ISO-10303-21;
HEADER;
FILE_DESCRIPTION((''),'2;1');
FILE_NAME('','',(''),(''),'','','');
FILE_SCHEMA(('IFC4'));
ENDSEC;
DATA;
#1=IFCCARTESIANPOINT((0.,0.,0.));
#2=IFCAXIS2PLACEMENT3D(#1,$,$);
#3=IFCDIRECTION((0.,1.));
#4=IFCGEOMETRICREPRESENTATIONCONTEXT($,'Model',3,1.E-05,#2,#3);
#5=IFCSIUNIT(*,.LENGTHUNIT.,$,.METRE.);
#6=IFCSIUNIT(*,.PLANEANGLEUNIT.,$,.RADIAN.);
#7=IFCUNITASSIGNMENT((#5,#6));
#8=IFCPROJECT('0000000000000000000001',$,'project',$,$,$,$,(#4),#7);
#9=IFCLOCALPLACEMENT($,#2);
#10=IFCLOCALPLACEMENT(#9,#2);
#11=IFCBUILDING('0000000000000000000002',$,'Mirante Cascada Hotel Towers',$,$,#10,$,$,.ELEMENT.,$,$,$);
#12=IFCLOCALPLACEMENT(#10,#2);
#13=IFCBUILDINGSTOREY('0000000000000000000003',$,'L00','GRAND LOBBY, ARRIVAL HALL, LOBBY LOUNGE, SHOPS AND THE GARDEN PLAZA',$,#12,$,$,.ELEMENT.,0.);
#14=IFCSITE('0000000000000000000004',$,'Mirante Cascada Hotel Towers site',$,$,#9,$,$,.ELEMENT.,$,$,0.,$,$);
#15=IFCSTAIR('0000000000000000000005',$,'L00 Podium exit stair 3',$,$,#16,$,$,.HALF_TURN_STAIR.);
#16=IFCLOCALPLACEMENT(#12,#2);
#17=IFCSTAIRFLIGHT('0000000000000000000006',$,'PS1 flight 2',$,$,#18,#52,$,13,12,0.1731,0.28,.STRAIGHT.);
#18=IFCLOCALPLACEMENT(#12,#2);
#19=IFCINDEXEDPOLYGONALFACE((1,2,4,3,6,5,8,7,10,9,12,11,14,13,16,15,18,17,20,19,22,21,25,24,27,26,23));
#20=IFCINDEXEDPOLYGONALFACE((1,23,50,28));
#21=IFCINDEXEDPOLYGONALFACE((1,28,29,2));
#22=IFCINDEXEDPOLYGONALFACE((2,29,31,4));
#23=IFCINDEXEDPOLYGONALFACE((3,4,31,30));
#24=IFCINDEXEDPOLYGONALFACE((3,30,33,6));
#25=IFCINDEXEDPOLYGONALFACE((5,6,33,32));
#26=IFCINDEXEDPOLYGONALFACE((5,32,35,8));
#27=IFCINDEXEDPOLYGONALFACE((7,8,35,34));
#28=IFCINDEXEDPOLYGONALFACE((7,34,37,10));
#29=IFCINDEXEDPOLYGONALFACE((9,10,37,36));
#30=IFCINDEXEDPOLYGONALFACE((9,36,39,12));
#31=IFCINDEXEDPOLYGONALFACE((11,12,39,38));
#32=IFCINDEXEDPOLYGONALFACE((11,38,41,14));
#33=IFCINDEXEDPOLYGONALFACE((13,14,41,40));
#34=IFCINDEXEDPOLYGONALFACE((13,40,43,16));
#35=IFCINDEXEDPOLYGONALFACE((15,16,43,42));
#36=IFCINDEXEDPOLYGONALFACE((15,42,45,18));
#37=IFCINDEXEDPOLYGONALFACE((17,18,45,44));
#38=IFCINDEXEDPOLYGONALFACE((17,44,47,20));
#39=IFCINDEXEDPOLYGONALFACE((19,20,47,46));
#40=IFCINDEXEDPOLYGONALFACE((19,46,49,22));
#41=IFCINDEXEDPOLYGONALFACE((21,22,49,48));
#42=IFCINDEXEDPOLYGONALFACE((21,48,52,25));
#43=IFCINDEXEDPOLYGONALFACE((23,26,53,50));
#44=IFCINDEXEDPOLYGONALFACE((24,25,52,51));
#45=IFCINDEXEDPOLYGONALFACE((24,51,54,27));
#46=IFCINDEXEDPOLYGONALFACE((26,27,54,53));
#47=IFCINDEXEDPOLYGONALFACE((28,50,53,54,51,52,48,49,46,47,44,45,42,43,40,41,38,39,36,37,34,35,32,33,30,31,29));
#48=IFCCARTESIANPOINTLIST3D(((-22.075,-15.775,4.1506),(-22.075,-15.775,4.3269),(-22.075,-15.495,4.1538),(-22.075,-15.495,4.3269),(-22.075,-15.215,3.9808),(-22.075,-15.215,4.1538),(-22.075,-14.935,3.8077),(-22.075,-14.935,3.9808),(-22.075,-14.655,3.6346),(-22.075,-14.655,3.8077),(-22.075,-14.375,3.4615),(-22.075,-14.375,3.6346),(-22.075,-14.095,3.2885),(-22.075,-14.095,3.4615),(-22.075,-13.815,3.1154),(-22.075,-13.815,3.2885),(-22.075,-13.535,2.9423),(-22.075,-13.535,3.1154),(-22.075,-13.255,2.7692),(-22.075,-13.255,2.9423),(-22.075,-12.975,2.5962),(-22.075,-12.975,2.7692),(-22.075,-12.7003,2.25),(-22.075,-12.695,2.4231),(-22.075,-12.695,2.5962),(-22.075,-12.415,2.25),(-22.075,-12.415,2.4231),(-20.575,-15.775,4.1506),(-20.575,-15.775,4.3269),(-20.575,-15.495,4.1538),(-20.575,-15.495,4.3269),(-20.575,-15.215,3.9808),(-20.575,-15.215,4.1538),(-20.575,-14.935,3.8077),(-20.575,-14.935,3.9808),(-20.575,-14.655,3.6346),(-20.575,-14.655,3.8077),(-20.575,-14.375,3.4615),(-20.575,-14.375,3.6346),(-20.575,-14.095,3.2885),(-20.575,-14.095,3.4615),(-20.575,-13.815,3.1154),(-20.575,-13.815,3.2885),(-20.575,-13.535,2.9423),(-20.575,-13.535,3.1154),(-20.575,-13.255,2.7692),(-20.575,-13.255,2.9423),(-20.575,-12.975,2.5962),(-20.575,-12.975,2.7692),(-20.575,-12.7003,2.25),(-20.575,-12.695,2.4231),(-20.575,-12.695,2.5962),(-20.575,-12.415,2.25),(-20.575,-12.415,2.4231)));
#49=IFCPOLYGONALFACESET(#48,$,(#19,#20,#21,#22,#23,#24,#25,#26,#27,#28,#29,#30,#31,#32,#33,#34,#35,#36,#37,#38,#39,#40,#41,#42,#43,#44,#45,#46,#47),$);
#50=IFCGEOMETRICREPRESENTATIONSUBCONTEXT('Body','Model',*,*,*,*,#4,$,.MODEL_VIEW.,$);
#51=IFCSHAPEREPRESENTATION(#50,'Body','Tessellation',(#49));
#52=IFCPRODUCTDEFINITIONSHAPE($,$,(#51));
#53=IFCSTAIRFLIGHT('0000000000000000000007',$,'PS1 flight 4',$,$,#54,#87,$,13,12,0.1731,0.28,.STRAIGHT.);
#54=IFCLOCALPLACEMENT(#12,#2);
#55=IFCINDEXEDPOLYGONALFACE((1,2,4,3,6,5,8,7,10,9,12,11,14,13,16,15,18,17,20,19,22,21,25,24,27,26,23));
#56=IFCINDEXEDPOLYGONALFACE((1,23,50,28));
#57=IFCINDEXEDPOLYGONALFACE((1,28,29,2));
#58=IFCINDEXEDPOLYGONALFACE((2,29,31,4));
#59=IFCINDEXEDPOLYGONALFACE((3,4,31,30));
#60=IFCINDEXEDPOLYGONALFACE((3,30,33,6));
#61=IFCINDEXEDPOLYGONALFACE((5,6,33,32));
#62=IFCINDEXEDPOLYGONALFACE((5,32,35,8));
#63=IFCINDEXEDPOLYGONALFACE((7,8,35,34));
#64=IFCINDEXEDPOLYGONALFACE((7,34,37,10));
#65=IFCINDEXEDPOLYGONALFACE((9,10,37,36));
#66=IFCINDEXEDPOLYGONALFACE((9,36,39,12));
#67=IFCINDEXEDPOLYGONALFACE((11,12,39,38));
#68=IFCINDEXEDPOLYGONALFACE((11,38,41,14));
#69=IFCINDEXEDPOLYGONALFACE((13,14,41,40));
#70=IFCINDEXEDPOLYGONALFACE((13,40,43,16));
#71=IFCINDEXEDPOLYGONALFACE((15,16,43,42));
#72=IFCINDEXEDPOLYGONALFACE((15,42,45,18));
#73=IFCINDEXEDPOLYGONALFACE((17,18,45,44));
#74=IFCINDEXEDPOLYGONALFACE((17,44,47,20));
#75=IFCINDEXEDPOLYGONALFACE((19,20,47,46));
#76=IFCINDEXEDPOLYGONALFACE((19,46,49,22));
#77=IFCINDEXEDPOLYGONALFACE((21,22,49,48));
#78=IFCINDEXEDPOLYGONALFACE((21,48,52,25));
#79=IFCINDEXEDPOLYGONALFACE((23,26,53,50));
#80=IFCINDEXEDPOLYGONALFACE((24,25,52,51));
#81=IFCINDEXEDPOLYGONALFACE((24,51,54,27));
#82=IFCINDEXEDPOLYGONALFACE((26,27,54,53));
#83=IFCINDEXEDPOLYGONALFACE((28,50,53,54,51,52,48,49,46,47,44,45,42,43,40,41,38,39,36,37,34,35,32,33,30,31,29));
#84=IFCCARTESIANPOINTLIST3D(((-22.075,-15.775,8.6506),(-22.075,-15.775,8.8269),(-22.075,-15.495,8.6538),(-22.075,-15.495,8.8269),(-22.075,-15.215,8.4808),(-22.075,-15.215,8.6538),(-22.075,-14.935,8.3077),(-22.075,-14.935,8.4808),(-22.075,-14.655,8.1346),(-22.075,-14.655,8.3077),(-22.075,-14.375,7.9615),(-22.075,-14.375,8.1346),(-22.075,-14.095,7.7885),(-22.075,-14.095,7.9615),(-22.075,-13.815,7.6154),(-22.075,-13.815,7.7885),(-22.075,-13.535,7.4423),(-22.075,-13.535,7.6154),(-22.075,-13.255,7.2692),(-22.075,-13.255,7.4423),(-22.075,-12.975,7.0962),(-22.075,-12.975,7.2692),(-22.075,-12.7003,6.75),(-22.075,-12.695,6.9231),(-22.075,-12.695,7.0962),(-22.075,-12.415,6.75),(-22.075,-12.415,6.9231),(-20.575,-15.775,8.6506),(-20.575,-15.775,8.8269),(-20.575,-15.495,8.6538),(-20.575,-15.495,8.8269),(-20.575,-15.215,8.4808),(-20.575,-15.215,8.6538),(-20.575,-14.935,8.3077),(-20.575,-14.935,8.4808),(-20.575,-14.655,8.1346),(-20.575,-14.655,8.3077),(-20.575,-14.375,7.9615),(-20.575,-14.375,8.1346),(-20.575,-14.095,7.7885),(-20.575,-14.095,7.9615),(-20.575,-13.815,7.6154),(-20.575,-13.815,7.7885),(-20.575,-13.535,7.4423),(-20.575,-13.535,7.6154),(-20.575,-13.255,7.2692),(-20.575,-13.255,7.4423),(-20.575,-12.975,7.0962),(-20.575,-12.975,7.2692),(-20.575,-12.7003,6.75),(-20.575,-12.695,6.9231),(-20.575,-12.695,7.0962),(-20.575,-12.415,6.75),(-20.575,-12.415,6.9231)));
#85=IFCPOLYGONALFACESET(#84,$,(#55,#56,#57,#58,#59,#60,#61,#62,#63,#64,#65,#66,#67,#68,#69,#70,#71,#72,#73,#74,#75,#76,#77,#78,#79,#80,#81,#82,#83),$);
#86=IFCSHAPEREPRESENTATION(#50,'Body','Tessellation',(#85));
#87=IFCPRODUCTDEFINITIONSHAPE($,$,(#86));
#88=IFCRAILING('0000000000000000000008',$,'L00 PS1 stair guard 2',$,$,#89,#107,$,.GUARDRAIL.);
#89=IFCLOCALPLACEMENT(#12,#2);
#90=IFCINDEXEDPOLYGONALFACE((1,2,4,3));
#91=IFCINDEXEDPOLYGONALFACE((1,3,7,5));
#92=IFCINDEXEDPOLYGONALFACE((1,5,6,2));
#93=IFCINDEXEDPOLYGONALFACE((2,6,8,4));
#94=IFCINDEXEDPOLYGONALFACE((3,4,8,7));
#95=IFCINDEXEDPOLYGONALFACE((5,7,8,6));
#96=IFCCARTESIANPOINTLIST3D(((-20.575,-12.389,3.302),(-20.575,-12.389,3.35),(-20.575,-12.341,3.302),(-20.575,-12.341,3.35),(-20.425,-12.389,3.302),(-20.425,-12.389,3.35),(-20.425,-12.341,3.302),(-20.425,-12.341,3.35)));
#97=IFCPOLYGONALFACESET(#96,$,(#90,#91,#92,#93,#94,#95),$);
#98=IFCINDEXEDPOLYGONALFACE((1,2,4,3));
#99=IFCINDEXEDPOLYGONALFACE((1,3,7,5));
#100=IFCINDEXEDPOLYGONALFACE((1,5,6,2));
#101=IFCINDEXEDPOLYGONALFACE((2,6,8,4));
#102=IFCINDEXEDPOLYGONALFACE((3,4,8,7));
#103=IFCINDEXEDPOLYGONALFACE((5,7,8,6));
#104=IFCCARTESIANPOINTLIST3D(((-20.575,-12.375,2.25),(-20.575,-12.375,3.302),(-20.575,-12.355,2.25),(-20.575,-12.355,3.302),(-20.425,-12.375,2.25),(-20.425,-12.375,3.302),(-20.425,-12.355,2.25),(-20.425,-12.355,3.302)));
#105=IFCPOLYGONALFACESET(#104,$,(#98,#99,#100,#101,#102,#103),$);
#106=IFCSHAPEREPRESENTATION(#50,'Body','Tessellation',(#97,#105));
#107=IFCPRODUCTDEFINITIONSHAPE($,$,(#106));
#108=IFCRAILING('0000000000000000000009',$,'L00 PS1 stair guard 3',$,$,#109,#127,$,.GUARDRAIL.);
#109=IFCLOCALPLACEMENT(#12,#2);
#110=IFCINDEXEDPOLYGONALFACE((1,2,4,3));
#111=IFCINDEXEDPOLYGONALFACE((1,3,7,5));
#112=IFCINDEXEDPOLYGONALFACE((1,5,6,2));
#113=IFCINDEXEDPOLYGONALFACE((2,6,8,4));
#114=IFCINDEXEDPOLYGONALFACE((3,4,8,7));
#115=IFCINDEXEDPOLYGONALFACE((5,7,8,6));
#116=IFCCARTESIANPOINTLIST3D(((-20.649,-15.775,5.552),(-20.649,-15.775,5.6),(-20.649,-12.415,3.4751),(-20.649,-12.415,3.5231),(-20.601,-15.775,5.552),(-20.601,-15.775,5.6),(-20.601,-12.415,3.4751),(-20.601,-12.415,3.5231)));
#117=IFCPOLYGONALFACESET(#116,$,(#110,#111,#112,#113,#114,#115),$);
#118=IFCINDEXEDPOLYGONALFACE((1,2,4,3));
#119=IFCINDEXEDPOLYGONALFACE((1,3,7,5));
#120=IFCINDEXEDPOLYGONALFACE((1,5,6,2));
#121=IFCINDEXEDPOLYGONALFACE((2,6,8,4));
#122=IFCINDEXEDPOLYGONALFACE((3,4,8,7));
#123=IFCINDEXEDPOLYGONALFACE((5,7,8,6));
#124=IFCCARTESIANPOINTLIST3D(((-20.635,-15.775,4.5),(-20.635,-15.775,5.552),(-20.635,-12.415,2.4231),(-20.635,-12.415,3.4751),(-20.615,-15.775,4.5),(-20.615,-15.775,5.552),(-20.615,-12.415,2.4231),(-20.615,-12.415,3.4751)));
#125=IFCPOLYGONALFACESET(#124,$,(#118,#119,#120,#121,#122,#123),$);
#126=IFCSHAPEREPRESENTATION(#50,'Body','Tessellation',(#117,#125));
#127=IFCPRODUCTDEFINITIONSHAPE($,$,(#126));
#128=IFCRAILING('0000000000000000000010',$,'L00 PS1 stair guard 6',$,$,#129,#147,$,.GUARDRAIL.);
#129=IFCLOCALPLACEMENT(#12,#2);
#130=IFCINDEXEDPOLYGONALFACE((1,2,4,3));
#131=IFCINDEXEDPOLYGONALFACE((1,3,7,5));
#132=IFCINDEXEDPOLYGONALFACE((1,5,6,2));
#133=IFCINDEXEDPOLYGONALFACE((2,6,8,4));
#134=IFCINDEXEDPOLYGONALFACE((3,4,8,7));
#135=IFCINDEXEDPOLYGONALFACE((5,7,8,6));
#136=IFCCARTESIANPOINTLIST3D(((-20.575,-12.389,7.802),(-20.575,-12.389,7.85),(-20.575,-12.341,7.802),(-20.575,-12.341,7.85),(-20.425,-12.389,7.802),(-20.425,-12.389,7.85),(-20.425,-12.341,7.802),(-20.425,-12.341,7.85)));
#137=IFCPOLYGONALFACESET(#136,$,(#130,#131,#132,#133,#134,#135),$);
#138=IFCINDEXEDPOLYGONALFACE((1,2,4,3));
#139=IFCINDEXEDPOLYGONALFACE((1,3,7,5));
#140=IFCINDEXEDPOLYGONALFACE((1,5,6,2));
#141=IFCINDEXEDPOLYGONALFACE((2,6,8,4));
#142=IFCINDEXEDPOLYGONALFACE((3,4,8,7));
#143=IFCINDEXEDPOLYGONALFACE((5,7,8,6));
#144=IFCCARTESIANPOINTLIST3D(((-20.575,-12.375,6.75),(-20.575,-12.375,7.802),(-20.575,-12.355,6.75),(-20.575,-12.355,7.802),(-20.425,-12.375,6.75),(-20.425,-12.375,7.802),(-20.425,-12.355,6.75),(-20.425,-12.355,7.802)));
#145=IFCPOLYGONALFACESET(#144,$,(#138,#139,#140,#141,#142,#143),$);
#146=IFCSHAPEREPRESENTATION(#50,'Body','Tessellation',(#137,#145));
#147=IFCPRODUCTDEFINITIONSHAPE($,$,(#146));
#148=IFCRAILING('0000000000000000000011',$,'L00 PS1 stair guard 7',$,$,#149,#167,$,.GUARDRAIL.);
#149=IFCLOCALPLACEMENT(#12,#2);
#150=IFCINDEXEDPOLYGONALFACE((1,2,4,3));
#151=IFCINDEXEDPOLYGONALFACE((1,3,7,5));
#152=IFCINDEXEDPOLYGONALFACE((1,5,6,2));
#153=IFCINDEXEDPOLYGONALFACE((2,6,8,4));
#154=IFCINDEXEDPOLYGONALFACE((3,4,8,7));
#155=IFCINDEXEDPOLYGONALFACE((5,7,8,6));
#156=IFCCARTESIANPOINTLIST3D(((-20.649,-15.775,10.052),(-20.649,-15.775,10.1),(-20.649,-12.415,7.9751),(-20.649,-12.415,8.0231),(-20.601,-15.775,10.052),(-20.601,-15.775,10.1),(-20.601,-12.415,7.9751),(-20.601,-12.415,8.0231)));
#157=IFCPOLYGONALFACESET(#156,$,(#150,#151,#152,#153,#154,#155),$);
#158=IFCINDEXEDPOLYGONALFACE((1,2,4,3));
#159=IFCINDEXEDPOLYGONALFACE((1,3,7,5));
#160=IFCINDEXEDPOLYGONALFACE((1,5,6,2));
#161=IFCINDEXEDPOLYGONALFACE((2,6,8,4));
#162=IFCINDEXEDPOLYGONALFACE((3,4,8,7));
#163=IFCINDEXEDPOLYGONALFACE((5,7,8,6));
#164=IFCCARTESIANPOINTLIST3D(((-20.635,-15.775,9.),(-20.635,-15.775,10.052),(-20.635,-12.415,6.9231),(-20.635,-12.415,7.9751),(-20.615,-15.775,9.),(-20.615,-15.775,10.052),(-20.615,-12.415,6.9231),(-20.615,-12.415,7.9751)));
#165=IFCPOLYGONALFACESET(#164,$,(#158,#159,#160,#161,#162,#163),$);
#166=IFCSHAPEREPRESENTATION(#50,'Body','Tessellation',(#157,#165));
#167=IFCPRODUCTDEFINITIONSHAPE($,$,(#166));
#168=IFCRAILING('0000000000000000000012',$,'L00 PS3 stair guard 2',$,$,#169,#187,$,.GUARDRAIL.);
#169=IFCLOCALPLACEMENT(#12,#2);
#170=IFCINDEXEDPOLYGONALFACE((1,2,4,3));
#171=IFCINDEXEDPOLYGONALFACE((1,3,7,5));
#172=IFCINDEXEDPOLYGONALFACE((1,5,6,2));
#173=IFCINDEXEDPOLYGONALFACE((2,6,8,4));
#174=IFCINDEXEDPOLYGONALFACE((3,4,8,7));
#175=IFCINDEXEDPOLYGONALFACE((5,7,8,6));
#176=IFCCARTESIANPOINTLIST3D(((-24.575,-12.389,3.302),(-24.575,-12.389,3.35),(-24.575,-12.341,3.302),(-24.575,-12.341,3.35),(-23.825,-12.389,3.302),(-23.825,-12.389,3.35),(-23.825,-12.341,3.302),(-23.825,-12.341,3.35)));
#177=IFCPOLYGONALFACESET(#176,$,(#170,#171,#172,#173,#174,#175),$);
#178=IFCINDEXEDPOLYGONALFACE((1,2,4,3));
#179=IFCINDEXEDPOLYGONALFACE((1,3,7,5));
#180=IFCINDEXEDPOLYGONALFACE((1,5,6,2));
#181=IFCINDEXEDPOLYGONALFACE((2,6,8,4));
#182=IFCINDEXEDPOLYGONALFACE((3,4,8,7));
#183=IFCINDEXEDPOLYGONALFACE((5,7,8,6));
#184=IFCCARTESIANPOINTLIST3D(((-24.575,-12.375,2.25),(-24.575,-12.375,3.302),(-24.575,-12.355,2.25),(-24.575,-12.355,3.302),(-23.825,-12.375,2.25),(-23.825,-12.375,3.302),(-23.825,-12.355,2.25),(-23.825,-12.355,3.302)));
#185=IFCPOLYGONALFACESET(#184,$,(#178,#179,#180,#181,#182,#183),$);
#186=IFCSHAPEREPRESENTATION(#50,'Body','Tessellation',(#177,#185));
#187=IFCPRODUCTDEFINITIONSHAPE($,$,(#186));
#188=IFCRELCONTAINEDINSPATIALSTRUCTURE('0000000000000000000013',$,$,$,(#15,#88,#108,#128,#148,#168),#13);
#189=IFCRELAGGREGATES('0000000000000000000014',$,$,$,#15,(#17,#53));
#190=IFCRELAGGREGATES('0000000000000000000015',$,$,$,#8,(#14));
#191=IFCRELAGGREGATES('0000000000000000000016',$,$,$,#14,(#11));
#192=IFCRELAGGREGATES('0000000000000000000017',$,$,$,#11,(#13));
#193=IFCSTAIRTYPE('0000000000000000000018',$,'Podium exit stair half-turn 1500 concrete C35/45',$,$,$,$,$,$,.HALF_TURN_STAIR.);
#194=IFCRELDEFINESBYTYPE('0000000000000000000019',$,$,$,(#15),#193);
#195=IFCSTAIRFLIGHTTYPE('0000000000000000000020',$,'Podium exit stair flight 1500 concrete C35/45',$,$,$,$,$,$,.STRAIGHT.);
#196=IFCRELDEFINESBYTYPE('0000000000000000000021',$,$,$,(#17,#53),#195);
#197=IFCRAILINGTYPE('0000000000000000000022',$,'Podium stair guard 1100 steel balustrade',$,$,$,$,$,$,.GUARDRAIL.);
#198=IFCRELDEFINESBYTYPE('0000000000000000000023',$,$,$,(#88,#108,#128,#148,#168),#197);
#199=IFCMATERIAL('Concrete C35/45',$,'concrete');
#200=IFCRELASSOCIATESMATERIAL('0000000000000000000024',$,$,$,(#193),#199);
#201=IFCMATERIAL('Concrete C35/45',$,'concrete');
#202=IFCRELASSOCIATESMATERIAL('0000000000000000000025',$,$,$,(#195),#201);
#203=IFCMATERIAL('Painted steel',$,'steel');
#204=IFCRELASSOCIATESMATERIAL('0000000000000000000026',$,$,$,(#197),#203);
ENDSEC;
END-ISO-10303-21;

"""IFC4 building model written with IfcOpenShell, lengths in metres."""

from ifc_helpers import new_model, si_unit, direction, frame, origin, origin_2d, place, context, subcontext, project, spatial, polyline, rectangle, outline, extrude, material, type_object, element, aggregate, save


model = new_model("IFC4")

# Units and contexts
model_context = context("Model", 3, precision=1e-05, world=origin(), true_north=direction((0.0, 1.0)))
body_context = subcontext(model_context, "Body", "Model", "MODEL_VIEW")
ifc_project = project(units=[si_unit("LENGTHUNIT", "METRE"), si_unit("PLANEANGLEUNIT", "RADIAN")], contexts=[model_context])

# Site, building, storey
site_placement = place(None, origin())
site = spatial("IfcSite", under=ifc_project, at=site_placement, Name="Mirante Cascada Hotel Towers site", CompositionType="ELEMENT", RefElevation=0.0)
building_placement = place(site_placement, origin())
building = spatial("IfcBuilding", under=site, at=building_placement, Name="Mirante Cascada Hotel Towers", CompositionType="ELEMENT")
storey_placement = place(building_placement, origin())
storey = spatial("IfcBuildingStorey", under=building, at=storey_placement, Name="L00", Description="GRAND LOBBY, ARRIVAL HALL, LOBBY LOUNGE, SHOPS AND THE GARDEN PLAZA", CompositionType="ELEMENT", Elevation=0.0)

# Stair, stair flights
ifc_material_1 = material(Name="Concrete C35/45", Category="concrete")
stair_type = type_object("IfcStairType", Name="Podium exit stair half-turn 1500 concrete C35/45", PredefinedType="HALF_TURN_STAIR", material=ifc_material_1)
stair_placement = place(storey_placement, origin())
stair = element("IfcStair", 1, at=stair_placement, inside=storey, type_object=stair_type, Name="L00 Podium exit stair 3", PredefinedType="HALF_TURN_STAIR")
ifc_material_2 = material(Name="Concrete C35/45", Category="concrete")
stair_flight_type = type_object("IfcStairFlightType", Name="Podium exit stair flight 1500 concrete C35/45", PredefinedType="STRAIGHT", material=ifc_material_2)
stair_flight_1_placement = place(storey_placement, frame((-21.325, -12.415, 2.25), z_axis=(0.0, 0.0, 1.0), x_axis=(0.0, -1.0, 0.0)))
stair_flight_1 = element("IfcStairFlight", 2, at=stair_flight_1_placement, type_object=stair_flight_type, Name="PS1 flight 2", NumberOfRisers=13, NumberOfTreads=12, PredefinedType="STRAIGHT", RiserHeight=0.1731, TreadLength=0.28, context=body_context, shape_type="SweptSolid", body=[
    extrude(outline(polyline([(0.0, 0.0), (0.0, 0.1731), (0.28, 0.1731), (0.28, 0.3462), (0.56, 0.3462), (0.56, 0.5192), (0.84, 0.5192), (0.84, 0.6923), (1.12, 0.6923), (1.12, 0.8654), (1.4, 0.8654), (1.4, 1.0385), (1.68, 1.0385), (1.68, 1.2115), (1.96, 1.2115), (1.96, 1.3846), (2.24, 1.3846), (2.24, 1.5577), (2.52, 1.5577), (2.52, 1.7308), (2.8, 1.7308), (2.8, 1.9038), (3.08, 1.9038), (3.08, 2.0769), (3.36, 2.0769), (3.36, 2.25), (3.36, 1.9006), (0.2853, 0.0), (0.0, 0.0)])), frame((0.0, 0.75, 0.0), z_axis=(0.0, -1.0, 0.0), x_axis=(1.0, 0.0, 0.0)), (0.0, 0.0, 1.0), 1.5),
])
stair_flight_2_placement = place(storey_placement, frame((-21.325, -12.415, 6.75), z_axis=(0.0, 0.0, 1.0), x_axis=(0.0, -1.0, 0.0)))
stair_flight_2 = element("IfcStairFlight", 3, at=stair_flight_2_placement, type_object=stair_flight_type, Name="PS1 flight 4", NumberOfRisers=13, NumberOfTreads=12, PredefinedType="STRAIGHT", RiserHeight=0.1731, TreadLength=0.28, context=body_context, shape_type="SweptSolid", body=[
    extrude(outline(polyline([(0.0, 0.0), (0.0, 0.1731), (0.28, 0.1731), (0.28, 0.3462), (0.56, 0.3462), (0.56, 0.5192), (0.84, 0.5192), (0.84, 0.6923), (1.12, 0.6923), (1.12, 0.8654), (1.4, 0.8654), (1.4, 1.0385), (1.68, 1.0385), (1.68, 1.2115), (1.96, 1.2115), (1.96, 1.3846), (2.24, 1.3846), (2.24, 1.5577), (2.52, 1.5577), (2.52, 1.7308), (2.8, 1.7308), (2.8, 1.9038), (3.08, 1.9038), (3.08, 2.0769), (3.36, 2.0769), (3.36, 2.25), (3.36, 1.9006), (0.2853, 0.0), (0.0, 0.0)])), frame((0.0, 0.75, 0.0), z_axis=(0.0, -1.0, 0.0), x_axis=(1.0, 0.0, 0.0)), (0.0, 0.0, 1.0), 1.5),
])
aggregate(stair, [stair_flight_1, stair_flight_2])

# Railings
ifc_material_3 = material(Name="Painted steel", Category="steel")
railing_type_1 = type_object("IfcRailingType", Name="Podium stair guard 1100 steel balustrade", PredefinedType="GUARDRAIL", material=ifc_material_3)
railing_1_placement = place(storey_placement, frame((-20.425, -12.365, 2.25)))
element("IfcRailing", 4, at=railing_1_placement, inside=storey, type_object=railing_type_1, Name="L00 PS1 stair guard 2", PredefinedType="GUARDRAIL", context=body_context, shape_type="SweptSolid", body=[
    extrude(rectangle(XDim=0.048, YDim=0.048, at=origin_2d()), frame((0.0, 0.0, 1.076), z_axis=(-1.0, 0.0, 0.0), x_axis=(0.0, -1.0, 0.0)), (0.0, 0.0, 1.0), 0.15),
    extrude(rectangle(XDim=0.02, YDim=1.052, at=origin_2d()), frame((0.0, 0.0, 0.526), z_axis=(-1.0, 0.0, 0.0), x_axis=(0.0, -1.0, 0.0)), (0.0, 0.0, 1.0), 0.15),
])
railing_2_placement = place(storey_placement, frame((-20.625, -12.415, 2.4231)))
element("IfcRailing", 5, at=railing_2_placement, inside=storey, type_object=railing_type_1, Name="L00 PS1 stair guard 3", PredefinedType="GUARDRAIL", context=body_context, shape_type="SweptSolid", body=[
    extrude(rectangle(XDim=0.048, YDim=0.048, at=origin_2d()), frame((0.0, 0.0, 1.076), z_axis=(0.0, -1.0, 0.0), x_axis=(1.0, 0.0, 0.0)), (0.0, 0.525787, 0.850616), 3.9501),
    extrude(rectangle(XDim=0.02, YDim=1.052, at=origin_2d()), frame((0.0, 0.0, 0.526), z_axis=(0.0, -1.0, 0.0), x_axis=(1.0, 0.0, 0.0)), (0.0, 0.525787, 0.850616), 3.9501),
])
railing_3_placement = place(storey_placement, frame((-20.425, -12.365, 6.75)))
element("IfcRailing", 6, at=railing_3_placement, inside=storey, type_object=railing_type_1, Name="L00 PS1 stair guard 6", PredefinedType="GUARDRAIL", context=body_context, shape_type="SweptSolid", body=[
    extrude(rectangle(XDim=0.048, YDim=0.048, at=origin_2d()), frame((0.0, 0.0, 1.076), z_axis=(-1.0, 0.0, 0.0), x_axis=(0.0, -1.0, 0.0)), (0.0, 0.0, 1.0), 0.15),
    extrude(rectangle(XDim=0.02, YDim=1.052, at=origin_2d()), frame((0.0, 0.0, 0.526), z_axis=(-1.0, 0.0, 0.0), x_axis=(0.0, -1.0, 0.0)), (0.0, 0.0, 1.0), 0.15),
])
railing_4_placement = place(storey_placement, frame((-20.625, -12.415, 6.9231)))
element("IfcRailing", 7, at=railing_4_placement, inside=storey, type_object=railing_type_1, Name="L00 PS1 stair guard 7", PredefinedType="GUARDRAIL", context=body_context, shape_type="SweptSolid", body=[
    extrude(rectangle(XDim=0.048, YDim=0.048, at=origin_2d()), frame((0.0, 0.0, 1.076), z_axis=(0.0, -1.0, 0.0), x_axis=(1.0, 0.0, 0.0)), (0.0, 0.525787, 0.850616), 3.9501),
    extrude(rectangle(XDim=0.02, YDim=1.052, at=origin_2d()), frame((0.0, 0.0, 0.526), z_axis=(0.0, -1.0, 0.0), x_axis=(1.0, 0.0, 0.0)), (0.0, 0.525787, 0.850616), 3.9501),
])
for number, where, name in (
    (8, (-23.825, -12.365, 2.25), "L00 PS3 stair guard 2"),
):
    element("IfcRailing", number, at=place(storey_placement, frame(where)), inside=storey, type_object=railing_type_1, Name=name, PredefinedType="GUARDRAIL", context=body_context, shape_type="SweptSolid", body=[
        extrude(rectangle(XDim=0.048, YDim=0.048, at=origin_2d()), frame((0.0, 0.0, 1.076), z_axis=(-1.0, 0.0, 0.0), x_axis=(0.0, -1.0, 0.0)), (0.0, 0.0, 1.0), 0.75),
        extrude(rectangle(XDim=0.02, YDim=1.052, at=origin_2d()), frame((0.0, 0.0, 0.526), z_axis=(-1.0, 0.0, 0.0), x_axis=(0.0, -1.0, 0.0)), (0.0, 0.0, 1.0), 0.75),
    ])

save(model, "model.ifc")
